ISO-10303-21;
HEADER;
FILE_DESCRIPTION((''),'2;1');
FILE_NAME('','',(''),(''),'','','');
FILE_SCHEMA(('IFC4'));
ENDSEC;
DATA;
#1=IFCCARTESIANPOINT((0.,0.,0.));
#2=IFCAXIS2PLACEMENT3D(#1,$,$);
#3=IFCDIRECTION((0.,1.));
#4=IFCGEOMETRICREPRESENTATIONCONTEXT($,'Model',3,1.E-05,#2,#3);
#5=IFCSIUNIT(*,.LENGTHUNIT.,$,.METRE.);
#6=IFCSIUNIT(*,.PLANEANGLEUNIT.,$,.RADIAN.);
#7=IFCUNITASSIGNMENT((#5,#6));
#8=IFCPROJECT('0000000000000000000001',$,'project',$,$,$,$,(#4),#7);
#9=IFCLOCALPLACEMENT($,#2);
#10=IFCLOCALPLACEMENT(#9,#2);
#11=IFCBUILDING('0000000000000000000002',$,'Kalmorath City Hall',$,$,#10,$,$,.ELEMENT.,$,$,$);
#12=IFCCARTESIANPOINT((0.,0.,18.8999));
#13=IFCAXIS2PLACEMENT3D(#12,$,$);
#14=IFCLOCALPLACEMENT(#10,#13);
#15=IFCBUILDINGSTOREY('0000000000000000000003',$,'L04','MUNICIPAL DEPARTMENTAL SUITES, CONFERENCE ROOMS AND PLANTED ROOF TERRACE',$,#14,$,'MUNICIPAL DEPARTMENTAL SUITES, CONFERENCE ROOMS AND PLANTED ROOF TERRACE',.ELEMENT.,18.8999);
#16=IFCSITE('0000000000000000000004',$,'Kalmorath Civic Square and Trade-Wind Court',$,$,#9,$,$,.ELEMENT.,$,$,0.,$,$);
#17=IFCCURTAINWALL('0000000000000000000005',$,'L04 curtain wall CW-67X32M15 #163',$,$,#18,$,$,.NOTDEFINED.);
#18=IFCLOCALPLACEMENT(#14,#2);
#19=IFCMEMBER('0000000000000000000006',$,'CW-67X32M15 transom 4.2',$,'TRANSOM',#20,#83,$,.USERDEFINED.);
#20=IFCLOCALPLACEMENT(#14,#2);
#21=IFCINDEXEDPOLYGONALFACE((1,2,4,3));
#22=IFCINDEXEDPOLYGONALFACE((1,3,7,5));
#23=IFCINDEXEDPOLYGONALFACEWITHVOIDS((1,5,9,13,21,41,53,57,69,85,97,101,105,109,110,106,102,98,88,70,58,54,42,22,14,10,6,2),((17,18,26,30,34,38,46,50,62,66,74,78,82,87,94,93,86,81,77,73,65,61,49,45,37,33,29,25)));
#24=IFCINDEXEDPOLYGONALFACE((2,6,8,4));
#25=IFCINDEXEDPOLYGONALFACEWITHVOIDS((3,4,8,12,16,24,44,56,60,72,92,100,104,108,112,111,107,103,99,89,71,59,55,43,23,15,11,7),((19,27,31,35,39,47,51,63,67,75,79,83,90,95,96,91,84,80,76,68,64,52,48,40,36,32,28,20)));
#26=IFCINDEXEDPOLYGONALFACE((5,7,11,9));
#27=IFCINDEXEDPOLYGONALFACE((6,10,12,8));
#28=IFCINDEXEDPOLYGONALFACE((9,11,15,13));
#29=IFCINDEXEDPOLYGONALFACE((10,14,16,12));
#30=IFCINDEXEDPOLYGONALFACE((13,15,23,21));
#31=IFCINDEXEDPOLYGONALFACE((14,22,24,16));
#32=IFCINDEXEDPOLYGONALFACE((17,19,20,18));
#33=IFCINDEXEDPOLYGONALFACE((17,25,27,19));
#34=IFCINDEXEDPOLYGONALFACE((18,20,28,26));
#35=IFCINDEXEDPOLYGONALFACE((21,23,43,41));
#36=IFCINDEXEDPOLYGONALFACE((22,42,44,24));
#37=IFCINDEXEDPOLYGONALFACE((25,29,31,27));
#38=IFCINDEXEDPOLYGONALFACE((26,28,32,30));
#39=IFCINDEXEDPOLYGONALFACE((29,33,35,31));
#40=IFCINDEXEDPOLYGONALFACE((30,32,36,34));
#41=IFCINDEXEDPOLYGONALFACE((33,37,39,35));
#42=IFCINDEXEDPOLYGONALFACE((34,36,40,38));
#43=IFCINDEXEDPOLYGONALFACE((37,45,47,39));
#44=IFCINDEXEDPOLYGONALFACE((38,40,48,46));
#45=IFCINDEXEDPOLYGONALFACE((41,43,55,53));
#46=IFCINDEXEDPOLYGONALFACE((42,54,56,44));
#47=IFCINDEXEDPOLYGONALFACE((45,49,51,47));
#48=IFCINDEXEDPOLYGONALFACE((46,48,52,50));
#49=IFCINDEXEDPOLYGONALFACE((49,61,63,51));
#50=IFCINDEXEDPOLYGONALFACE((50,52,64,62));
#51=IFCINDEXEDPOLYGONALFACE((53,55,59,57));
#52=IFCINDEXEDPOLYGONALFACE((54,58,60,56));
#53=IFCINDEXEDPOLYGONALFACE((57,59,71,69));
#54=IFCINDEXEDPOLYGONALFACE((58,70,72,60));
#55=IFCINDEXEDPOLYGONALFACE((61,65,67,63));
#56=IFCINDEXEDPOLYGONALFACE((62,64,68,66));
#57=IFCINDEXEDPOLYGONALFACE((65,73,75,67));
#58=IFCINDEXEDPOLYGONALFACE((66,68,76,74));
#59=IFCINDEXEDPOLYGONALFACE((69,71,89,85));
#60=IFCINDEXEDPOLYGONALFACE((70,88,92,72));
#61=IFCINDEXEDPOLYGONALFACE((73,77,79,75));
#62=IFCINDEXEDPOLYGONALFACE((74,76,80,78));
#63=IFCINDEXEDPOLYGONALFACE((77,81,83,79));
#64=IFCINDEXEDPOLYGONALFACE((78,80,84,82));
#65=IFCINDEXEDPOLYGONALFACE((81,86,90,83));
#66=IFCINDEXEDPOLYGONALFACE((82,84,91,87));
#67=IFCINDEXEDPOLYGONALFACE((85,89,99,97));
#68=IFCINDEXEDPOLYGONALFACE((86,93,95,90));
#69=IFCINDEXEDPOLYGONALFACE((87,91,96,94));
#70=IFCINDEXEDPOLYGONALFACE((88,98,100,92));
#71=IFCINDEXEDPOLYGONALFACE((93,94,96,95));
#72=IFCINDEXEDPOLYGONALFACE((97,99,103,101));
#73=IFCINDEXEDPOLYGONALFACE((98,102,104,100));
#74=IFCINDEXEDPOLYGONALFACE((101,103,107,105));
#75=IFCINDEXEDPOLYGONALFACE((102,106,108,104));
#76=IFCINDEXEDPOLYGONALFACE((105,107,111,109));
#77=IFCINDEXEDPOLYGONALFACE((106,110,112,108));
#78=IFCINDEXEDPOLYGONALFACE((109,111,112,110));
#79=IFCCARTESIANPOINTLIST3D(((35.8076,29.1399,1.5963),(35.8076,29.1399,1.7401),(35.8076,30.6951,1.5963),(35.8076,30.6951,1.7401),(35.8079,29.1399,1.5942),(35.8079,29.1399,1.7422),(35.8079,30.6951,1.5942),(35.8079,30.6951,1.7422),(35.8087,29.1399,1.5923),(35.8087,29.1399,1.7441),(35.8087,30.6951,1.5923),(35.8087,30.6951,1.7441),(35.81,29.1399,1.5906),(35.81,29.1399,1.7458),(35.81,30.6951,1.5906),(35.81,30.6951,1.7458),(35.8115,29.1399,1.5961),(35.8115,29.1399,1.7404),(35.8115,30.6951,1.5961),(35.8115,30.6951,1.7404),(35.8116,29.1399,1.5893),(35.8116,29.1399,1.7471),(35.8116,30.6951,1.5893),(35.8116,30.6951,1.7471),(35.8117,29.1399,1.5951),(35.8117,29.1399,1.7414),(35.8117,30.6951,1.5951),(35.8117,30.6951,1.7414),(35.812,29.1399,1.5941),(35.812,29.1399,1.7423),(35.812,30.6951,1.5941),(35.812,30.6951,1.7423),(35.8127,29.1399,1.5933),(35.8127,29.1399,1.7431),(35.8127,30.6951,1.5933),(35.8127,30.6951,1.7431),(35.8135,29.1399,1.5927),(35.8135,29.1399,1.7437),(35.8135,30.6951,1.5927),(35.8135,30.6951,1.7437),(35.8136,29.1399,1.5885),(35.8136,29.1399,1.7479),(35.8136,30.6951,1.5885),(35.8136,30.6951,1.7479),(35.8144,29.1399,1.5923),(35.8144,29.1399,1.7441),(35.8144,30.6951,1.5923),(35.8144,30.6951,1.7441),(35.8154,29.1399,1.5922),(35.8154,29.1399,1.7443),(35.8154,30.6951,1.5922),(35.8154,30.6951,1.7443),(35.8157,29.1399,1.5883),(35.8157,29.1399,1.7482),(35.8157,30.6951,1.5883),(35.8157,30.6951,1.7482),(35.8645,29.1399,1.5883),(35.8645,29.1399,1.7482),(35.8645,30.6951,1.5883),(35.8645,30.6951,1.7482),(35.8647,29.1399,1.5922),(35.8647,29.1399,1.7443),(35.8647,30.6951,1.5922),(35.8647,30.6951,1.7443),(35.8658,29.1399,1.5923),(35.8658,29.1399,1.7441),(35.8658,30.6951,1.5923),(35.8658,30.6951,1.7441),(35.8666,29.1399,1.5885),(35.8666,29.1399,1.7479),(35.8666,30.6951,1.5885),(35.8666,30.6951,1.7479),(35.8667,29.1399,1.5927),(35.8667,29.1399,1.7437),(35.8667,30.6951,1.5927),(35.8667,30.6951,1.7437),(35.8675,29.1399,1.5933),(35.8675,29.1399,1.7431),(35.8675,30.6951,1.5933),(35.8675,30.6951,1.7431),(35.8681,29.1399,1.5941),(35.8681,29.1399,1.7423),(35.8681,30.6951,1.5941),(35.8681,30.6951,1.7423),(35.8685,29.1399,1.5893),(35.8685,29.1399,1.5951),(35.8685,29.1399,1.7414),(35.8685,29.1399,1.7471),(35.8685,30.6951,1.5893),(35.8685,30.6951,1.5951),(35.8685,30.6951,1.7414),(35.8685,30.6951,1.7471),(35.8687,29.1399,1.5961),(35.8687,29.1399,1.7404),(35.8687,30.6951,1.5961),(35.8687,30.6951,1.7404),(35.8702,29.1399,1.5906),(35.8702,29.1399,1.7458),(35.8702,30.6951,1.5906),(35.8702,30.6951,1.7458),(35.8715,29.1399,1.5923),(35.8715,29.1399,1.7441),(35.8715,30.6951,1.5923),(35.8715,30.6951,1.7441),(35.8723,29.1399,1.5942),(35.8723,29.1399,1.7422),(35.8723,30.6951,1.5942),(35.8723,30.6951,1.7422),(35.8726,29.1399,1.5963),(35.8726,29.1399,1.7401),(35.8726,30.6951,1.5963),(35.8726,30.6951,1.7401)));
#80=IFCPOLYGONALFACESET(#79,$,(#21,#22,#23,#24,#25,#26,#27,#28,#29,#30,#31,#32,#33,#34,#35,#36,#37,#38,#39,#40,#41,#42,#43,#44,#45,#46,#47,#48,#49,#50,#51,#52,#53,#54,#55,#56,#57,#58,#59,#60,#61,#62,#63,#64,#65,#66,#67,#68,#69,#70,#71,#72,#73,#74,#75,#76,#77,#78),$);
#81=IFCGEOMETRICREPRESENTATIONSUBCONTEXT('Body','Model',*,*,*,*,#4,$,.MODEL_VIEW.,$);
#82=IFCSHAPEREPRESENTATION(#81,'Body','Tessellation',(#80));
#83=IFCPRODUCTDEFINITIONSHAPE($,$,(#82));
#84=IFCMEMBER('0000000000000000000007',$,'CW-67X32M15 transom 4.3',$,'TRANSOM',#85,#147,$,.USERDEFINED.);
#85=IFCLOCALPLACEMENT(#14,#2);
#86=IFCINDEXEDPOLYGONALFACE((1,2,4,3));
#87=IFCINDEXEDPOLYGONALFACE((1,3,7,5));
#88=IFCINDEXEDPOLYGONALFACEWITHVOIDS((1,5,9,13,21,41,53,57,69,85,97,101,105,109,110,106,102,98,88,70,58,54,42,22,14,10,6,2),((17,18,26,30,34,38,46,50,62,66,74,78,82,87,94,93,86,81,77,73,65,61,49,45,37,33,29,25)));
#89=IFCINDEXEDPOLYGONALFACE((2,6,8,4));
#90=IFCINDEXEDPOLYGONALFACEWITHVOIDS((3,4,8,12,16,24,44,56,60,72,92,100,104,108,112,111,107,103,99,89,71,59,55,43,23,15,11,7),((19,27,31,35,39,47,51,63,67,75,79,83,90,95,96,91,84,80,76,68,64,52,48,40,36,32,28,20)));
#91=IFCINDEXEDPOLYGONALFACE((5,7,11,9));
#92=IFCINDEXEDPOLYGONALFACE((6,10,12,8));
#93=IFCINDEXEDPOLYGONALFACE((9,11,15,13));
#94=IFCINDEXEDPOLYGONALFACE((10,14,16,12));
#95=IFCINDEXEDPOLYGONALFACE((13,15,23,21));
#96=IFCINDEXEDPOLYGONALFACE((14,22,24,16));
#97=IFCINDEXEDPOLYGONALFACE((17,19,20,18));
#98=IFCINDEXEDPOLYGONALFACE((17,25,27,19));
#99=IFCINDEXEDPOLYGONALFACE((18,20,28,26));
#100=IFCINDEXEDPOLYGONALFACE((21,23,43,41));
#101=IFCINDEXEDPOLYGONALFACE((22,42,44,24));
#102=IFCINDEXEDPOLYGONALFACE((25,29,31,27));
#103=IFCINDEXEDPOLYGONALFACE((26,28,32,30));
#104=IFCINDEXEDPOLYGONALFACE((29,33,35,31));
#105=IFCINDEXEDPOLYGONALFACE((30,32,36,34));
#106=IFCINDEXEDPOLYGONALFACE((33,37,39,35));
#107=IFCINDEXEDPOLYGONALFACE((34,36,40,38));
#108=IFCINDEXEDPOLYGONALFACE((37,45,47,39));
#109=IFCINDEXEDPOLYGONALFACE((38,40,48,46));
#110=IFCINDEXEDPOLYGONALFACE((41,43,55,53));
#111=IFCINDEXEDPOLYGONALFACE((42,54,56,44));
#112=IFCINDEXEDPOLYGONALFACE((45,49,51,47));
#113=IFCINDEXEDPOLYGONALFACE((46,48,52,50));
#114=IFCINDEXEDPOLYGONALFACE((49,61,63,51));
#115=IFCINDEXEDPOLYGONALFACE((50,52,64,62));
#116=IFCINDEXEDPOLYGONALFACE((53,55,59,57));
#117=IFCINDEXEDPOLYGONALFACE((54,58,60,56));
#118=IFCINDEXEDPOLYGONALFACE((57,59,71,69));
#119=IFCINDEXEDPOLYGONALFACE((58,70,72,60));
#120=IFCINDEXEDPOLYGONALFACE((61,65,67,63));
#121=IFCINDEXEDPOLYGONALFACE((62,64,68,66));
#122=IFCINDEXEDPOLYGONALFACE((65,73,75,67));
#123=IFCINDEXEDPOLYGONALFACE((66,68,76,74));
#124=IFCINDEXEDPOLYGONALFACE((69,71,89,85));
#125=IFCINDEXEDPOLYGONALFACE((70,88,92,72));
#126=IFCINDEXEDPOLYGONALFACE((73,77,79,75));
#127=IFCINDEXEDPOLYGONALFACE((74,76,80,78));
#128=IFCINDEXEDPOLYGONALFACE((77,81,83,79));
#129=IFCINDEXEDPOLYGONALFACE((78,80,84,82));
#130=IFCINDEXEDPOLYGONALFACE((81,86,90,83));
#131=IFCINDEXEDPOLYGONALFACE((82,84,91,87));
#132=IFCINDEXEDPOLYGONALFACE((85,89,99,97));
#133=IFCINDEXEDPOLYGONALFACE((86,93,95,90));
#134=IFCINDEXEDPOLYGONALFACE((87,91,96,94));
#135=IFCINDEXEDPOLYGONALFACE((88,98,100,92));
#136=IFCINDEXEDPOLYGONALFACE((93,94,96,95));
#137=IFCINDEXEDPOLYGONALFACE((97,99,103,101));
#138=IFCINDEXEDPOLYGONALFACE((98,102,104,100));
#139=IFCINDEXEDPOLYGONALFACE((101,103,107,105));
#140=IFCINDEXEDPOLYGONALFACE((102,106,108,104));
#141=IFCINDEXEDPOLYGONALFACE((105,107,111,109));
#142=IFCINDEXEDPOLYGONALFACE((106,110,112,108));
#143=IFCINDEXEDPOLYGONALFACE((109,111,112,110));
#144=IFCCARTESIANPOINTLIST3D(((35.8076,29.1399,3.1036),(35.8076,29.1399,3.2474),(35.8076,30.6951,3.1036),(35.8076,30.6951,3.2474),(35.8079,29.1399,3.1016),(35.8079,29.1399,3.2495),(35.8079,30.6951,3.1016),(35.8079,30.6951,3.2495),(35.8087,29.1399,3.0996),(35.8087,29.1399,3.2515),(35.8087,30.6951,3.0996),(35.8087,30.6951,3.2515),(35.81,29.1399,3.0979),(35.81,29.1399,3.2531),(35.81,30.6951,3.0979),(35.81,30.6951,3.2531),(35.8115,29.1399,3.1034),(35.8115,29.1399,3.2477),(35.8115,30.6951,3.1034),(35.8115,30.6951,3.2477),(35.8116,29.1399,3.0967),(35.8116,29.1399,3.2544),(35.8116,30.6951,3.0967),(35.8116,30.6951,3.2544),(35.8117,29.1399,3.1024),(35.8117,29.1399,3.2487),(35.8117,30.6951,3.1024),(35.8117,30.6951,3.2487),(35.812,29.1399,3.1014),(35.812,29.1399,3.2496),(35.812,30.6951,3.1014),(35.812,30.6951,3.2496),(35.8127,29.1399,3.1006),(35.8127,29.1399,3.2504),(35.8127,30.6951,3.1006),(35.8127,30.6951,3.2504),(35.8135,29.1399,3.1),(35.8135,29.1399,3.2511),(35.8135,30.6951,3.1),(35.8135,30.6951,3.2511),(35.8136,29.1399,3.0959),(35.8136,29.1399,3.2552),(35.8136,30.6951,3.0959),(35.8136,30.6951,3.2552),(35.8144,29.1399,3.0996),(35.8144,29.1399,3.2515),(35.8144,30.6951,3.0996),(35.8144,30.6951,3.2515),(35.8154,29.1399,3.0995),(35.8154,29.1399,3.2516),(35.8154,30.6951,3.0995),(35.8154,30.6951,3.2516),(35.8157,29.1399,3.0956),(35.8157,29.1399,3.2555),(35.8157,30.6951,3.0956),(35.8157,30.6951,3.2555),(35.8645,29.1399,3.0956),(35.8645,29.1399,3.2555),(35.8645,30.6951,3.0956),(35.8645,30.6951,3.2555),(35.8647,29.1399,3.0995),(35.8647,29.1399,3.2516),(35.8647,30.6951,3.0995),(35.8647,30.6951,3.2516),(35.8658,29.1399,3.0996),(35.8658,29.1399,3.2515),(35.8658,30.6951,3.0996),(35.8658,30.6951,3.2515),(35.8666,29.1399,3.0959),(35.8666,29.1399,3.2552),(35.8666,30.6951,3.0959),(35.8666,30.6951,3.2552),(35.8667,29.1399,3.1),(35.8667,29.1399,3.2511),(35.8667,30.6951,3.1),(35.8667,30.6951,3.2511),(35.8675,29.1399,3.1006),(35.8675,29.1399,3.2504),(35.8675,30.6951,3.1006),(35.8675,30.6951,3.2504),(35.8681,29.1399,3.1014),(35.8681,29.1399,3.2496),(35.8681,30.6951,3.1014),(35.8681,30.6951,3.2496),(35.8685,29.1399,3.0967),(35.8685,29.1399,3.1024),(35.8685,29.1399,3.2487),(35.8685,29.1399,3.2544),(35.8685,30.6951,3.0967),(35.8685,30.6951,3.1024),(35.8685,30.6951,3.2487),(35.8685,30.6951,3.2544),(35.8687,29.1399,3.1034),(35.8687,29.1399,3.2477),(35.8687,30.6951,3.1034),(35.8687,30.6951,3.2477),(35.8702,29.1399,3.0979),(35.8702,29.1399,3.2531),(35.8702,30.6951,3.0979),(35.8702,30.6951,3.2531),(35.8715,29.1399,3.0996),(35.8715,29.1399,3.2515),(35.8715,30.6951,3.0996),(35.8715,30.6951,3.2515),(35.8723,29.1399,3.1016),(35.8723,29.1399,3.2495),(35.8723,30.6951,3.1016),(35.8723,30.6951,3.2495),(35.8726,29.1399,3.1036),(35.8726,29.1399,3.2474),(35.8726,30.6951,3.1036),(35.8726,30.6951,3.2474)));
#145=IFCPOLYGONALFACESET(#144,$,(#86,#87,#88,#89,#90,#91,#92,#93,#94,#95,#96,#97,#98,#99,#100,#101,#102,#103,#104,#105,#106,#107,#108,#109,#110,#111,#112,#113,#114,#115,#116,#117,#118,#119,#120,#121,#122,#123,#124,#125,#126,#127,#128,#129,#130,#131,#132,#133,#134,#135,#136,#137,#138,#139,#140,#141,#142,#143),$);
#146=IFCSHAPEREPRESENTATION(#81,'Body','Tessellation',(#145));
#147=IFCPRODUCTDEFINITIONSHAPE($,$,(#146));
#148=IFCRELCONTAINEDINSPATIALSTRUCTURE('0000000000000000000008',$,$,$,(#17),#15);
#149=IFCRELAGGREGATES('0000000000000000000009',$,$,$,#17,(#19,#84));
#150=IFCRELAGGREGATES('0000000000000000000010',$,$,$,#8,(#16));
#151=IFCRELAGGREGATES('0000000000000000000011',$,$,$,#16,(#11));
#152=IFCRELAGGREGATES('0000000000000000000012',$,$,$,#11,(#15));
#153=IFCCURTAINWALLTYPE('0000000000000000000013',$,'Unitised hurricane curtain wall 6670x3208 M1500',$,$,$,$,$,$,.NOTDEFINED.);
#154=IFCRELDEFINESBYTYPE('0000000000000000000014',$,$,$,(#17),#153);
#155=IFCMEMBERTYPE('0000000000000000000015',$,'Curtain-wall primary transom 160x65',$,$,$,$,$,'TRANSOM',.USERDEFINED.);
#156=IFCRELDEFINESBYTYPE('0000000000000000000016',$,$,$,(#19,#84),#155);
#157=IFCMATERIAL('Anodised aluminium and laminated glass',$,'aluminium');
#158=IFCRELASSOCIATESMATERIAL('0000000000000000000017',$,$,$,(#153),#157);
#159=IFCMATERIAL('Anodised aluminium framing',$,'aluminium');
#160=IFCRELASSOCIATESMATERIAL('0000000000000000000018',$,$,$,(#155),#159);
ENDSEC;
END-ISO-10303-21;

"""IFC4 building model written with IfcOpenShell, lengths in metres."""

from ifc_helpers import new_model, si_unit, direction, frame, origin, origin_2d, place, context, subcontext, project, spatial, hollow_rectangle, extrude, material, material_profile, profile_set, type_object, element, aggregate, save


model = new_model("IFC4")

# Units and contexts
model_context = context("Model", 3, precision=1e-05, world=origin(), true_north=direction((0.0, 1.0)))
body_context = subcontext(model_context, "Body", "Model", "MODEL_VIEW")
ifc_project = project(units=[si_unit("LENGTHUNIT", "METRE"), si_unit("PLANEANGLEUNIT", "RADIAN")], contexts=[model_context])

# Site, building, storey
site_placement = place(None, origin())
site = spatial("IfcSite", under=ifc_project, at=site_placement, Name="Kalmorath Civic Square and Trade-Wind Court", CompositionType="ELEMENT", RefElevation=0.0)
building_placement = place(site_placement, origin())
building = spatial("IfcBuilding", under=site, at=building_placement, Name="Kalmorath City Hall", CompositionType="ELEMENT")
storey_placement = place(building_placement, frame((0.0, 0.0, 18.8999)))
storey = spatial("IfcBuildingStorey", under=building, at=storey_placement, Name="L04", Description="MUNICIPAL DEPARTMENTAL SUITES, CONFERENCE ROOMS AND PLANTED ROOF TERRACE", LongName="MUNICIPAL DEPARTMENTAL SUITES, CONFERENCE ROOMS AND PLANTED ROOF TERRACE", CompositionType="ELEMENT", Elevation=18.8999)

# Curtain wall
ifc_material_1 = material(Name="Anodised aluminium and laminated glass", Category="aluminium")
curtain_wall_type_1 = type_object("IfcCurtainWallType", Name="Unitised hurricane curtain wall 6670x3208 M1500", PredefinedType="NOTDEFINED", material=ifc_material_1)
curtain_wall_1_placement = place(storey_placement, origin())
curtain_wall_1 = element("IfcCurtainWall", 1, at=curtain_wall_1_placement, inside=storey, type_object=curtain_wall_type_1, Name="L04 curtain wall CW-67X32M15 #163", PredefinedType="NOTDEFINED")

# Members
ifc_material_2 = material(Name="Anodised aluminium framing", Category="aluminium")
ifc_material_profile_1 = material_profile(ifc_material_2, hollow_rectangle(XDim=0.0649, YDim=0.1599, WallThickness=0.0039, InnerFilletRadius=0.0039, OuterFilletRadius=0.0081, at=origin_2d()), Name="ALU-TRN-160X65X4")
ifc_profile_set_1 = profile_set([ifc_material_profile_1], Name="Anodised aluminium framing")
member_type_1 = type_object("IfcMemberType", Name="Curtain-wall primary transom 160x65", ElementType="TRANSOM", PredefinedType="USERDEFINED", material=ifc_profile_set_1)
member_1_placement = place(storey_placement, frame((35.8401, 30.6951, 1.6682), z_axis=(0.0, -1.0, 0.0), x_axis=(1.0, 0.0, 0.0)))
member_1 = element("IfcMember", 2, at=member_1_placement, type_object=member_type_1, Name="CW-67X32M15 transom 4.2", ObjectType="TRANSOM", PredefinedType="USERDEFINED", context=body_context, shape_type="SweptSolid", body=[
    extrude(hollow_rectangle(XDim=0.0649, YDim=0.1599, WallThickness=0.0039, InnerFilletRadius=0.0039, OuterFilletRadius=0.0081, at=origin_2d()), origin(), (0.0, 0.0, 1.0), 1.5552),
])
member_2_placement = place(storey_placement, frame((35.8401, 30.6951, 3.1755), z_axis=(0.0, -1.0, 0.0), x_axis=(1.0, 0.0, 0.0)))
member_2 = element("IfcMember", 3, at=member_2_placement, type_object=member_type_1, Name="CW-67X32M15 transom 4.3", ObjectType="TRANSOM", PredefinedType="USERDEFINED", context=body_context, shape_type="SweptSolid", body=[
    extrude(hollow_rectangle(XDim=0.0649, YDim=0.1599, WallThickness=0.0039, InnerFilletRadius=0.0039, OuterFilletRadius=0.0081, at=origin_2d()), origin(), (0.0, 0.0, 1.0), 1.5552),
])

aggregate(curtain_wall_1, [member_1, member_2])

save(model, "model.ifc")
